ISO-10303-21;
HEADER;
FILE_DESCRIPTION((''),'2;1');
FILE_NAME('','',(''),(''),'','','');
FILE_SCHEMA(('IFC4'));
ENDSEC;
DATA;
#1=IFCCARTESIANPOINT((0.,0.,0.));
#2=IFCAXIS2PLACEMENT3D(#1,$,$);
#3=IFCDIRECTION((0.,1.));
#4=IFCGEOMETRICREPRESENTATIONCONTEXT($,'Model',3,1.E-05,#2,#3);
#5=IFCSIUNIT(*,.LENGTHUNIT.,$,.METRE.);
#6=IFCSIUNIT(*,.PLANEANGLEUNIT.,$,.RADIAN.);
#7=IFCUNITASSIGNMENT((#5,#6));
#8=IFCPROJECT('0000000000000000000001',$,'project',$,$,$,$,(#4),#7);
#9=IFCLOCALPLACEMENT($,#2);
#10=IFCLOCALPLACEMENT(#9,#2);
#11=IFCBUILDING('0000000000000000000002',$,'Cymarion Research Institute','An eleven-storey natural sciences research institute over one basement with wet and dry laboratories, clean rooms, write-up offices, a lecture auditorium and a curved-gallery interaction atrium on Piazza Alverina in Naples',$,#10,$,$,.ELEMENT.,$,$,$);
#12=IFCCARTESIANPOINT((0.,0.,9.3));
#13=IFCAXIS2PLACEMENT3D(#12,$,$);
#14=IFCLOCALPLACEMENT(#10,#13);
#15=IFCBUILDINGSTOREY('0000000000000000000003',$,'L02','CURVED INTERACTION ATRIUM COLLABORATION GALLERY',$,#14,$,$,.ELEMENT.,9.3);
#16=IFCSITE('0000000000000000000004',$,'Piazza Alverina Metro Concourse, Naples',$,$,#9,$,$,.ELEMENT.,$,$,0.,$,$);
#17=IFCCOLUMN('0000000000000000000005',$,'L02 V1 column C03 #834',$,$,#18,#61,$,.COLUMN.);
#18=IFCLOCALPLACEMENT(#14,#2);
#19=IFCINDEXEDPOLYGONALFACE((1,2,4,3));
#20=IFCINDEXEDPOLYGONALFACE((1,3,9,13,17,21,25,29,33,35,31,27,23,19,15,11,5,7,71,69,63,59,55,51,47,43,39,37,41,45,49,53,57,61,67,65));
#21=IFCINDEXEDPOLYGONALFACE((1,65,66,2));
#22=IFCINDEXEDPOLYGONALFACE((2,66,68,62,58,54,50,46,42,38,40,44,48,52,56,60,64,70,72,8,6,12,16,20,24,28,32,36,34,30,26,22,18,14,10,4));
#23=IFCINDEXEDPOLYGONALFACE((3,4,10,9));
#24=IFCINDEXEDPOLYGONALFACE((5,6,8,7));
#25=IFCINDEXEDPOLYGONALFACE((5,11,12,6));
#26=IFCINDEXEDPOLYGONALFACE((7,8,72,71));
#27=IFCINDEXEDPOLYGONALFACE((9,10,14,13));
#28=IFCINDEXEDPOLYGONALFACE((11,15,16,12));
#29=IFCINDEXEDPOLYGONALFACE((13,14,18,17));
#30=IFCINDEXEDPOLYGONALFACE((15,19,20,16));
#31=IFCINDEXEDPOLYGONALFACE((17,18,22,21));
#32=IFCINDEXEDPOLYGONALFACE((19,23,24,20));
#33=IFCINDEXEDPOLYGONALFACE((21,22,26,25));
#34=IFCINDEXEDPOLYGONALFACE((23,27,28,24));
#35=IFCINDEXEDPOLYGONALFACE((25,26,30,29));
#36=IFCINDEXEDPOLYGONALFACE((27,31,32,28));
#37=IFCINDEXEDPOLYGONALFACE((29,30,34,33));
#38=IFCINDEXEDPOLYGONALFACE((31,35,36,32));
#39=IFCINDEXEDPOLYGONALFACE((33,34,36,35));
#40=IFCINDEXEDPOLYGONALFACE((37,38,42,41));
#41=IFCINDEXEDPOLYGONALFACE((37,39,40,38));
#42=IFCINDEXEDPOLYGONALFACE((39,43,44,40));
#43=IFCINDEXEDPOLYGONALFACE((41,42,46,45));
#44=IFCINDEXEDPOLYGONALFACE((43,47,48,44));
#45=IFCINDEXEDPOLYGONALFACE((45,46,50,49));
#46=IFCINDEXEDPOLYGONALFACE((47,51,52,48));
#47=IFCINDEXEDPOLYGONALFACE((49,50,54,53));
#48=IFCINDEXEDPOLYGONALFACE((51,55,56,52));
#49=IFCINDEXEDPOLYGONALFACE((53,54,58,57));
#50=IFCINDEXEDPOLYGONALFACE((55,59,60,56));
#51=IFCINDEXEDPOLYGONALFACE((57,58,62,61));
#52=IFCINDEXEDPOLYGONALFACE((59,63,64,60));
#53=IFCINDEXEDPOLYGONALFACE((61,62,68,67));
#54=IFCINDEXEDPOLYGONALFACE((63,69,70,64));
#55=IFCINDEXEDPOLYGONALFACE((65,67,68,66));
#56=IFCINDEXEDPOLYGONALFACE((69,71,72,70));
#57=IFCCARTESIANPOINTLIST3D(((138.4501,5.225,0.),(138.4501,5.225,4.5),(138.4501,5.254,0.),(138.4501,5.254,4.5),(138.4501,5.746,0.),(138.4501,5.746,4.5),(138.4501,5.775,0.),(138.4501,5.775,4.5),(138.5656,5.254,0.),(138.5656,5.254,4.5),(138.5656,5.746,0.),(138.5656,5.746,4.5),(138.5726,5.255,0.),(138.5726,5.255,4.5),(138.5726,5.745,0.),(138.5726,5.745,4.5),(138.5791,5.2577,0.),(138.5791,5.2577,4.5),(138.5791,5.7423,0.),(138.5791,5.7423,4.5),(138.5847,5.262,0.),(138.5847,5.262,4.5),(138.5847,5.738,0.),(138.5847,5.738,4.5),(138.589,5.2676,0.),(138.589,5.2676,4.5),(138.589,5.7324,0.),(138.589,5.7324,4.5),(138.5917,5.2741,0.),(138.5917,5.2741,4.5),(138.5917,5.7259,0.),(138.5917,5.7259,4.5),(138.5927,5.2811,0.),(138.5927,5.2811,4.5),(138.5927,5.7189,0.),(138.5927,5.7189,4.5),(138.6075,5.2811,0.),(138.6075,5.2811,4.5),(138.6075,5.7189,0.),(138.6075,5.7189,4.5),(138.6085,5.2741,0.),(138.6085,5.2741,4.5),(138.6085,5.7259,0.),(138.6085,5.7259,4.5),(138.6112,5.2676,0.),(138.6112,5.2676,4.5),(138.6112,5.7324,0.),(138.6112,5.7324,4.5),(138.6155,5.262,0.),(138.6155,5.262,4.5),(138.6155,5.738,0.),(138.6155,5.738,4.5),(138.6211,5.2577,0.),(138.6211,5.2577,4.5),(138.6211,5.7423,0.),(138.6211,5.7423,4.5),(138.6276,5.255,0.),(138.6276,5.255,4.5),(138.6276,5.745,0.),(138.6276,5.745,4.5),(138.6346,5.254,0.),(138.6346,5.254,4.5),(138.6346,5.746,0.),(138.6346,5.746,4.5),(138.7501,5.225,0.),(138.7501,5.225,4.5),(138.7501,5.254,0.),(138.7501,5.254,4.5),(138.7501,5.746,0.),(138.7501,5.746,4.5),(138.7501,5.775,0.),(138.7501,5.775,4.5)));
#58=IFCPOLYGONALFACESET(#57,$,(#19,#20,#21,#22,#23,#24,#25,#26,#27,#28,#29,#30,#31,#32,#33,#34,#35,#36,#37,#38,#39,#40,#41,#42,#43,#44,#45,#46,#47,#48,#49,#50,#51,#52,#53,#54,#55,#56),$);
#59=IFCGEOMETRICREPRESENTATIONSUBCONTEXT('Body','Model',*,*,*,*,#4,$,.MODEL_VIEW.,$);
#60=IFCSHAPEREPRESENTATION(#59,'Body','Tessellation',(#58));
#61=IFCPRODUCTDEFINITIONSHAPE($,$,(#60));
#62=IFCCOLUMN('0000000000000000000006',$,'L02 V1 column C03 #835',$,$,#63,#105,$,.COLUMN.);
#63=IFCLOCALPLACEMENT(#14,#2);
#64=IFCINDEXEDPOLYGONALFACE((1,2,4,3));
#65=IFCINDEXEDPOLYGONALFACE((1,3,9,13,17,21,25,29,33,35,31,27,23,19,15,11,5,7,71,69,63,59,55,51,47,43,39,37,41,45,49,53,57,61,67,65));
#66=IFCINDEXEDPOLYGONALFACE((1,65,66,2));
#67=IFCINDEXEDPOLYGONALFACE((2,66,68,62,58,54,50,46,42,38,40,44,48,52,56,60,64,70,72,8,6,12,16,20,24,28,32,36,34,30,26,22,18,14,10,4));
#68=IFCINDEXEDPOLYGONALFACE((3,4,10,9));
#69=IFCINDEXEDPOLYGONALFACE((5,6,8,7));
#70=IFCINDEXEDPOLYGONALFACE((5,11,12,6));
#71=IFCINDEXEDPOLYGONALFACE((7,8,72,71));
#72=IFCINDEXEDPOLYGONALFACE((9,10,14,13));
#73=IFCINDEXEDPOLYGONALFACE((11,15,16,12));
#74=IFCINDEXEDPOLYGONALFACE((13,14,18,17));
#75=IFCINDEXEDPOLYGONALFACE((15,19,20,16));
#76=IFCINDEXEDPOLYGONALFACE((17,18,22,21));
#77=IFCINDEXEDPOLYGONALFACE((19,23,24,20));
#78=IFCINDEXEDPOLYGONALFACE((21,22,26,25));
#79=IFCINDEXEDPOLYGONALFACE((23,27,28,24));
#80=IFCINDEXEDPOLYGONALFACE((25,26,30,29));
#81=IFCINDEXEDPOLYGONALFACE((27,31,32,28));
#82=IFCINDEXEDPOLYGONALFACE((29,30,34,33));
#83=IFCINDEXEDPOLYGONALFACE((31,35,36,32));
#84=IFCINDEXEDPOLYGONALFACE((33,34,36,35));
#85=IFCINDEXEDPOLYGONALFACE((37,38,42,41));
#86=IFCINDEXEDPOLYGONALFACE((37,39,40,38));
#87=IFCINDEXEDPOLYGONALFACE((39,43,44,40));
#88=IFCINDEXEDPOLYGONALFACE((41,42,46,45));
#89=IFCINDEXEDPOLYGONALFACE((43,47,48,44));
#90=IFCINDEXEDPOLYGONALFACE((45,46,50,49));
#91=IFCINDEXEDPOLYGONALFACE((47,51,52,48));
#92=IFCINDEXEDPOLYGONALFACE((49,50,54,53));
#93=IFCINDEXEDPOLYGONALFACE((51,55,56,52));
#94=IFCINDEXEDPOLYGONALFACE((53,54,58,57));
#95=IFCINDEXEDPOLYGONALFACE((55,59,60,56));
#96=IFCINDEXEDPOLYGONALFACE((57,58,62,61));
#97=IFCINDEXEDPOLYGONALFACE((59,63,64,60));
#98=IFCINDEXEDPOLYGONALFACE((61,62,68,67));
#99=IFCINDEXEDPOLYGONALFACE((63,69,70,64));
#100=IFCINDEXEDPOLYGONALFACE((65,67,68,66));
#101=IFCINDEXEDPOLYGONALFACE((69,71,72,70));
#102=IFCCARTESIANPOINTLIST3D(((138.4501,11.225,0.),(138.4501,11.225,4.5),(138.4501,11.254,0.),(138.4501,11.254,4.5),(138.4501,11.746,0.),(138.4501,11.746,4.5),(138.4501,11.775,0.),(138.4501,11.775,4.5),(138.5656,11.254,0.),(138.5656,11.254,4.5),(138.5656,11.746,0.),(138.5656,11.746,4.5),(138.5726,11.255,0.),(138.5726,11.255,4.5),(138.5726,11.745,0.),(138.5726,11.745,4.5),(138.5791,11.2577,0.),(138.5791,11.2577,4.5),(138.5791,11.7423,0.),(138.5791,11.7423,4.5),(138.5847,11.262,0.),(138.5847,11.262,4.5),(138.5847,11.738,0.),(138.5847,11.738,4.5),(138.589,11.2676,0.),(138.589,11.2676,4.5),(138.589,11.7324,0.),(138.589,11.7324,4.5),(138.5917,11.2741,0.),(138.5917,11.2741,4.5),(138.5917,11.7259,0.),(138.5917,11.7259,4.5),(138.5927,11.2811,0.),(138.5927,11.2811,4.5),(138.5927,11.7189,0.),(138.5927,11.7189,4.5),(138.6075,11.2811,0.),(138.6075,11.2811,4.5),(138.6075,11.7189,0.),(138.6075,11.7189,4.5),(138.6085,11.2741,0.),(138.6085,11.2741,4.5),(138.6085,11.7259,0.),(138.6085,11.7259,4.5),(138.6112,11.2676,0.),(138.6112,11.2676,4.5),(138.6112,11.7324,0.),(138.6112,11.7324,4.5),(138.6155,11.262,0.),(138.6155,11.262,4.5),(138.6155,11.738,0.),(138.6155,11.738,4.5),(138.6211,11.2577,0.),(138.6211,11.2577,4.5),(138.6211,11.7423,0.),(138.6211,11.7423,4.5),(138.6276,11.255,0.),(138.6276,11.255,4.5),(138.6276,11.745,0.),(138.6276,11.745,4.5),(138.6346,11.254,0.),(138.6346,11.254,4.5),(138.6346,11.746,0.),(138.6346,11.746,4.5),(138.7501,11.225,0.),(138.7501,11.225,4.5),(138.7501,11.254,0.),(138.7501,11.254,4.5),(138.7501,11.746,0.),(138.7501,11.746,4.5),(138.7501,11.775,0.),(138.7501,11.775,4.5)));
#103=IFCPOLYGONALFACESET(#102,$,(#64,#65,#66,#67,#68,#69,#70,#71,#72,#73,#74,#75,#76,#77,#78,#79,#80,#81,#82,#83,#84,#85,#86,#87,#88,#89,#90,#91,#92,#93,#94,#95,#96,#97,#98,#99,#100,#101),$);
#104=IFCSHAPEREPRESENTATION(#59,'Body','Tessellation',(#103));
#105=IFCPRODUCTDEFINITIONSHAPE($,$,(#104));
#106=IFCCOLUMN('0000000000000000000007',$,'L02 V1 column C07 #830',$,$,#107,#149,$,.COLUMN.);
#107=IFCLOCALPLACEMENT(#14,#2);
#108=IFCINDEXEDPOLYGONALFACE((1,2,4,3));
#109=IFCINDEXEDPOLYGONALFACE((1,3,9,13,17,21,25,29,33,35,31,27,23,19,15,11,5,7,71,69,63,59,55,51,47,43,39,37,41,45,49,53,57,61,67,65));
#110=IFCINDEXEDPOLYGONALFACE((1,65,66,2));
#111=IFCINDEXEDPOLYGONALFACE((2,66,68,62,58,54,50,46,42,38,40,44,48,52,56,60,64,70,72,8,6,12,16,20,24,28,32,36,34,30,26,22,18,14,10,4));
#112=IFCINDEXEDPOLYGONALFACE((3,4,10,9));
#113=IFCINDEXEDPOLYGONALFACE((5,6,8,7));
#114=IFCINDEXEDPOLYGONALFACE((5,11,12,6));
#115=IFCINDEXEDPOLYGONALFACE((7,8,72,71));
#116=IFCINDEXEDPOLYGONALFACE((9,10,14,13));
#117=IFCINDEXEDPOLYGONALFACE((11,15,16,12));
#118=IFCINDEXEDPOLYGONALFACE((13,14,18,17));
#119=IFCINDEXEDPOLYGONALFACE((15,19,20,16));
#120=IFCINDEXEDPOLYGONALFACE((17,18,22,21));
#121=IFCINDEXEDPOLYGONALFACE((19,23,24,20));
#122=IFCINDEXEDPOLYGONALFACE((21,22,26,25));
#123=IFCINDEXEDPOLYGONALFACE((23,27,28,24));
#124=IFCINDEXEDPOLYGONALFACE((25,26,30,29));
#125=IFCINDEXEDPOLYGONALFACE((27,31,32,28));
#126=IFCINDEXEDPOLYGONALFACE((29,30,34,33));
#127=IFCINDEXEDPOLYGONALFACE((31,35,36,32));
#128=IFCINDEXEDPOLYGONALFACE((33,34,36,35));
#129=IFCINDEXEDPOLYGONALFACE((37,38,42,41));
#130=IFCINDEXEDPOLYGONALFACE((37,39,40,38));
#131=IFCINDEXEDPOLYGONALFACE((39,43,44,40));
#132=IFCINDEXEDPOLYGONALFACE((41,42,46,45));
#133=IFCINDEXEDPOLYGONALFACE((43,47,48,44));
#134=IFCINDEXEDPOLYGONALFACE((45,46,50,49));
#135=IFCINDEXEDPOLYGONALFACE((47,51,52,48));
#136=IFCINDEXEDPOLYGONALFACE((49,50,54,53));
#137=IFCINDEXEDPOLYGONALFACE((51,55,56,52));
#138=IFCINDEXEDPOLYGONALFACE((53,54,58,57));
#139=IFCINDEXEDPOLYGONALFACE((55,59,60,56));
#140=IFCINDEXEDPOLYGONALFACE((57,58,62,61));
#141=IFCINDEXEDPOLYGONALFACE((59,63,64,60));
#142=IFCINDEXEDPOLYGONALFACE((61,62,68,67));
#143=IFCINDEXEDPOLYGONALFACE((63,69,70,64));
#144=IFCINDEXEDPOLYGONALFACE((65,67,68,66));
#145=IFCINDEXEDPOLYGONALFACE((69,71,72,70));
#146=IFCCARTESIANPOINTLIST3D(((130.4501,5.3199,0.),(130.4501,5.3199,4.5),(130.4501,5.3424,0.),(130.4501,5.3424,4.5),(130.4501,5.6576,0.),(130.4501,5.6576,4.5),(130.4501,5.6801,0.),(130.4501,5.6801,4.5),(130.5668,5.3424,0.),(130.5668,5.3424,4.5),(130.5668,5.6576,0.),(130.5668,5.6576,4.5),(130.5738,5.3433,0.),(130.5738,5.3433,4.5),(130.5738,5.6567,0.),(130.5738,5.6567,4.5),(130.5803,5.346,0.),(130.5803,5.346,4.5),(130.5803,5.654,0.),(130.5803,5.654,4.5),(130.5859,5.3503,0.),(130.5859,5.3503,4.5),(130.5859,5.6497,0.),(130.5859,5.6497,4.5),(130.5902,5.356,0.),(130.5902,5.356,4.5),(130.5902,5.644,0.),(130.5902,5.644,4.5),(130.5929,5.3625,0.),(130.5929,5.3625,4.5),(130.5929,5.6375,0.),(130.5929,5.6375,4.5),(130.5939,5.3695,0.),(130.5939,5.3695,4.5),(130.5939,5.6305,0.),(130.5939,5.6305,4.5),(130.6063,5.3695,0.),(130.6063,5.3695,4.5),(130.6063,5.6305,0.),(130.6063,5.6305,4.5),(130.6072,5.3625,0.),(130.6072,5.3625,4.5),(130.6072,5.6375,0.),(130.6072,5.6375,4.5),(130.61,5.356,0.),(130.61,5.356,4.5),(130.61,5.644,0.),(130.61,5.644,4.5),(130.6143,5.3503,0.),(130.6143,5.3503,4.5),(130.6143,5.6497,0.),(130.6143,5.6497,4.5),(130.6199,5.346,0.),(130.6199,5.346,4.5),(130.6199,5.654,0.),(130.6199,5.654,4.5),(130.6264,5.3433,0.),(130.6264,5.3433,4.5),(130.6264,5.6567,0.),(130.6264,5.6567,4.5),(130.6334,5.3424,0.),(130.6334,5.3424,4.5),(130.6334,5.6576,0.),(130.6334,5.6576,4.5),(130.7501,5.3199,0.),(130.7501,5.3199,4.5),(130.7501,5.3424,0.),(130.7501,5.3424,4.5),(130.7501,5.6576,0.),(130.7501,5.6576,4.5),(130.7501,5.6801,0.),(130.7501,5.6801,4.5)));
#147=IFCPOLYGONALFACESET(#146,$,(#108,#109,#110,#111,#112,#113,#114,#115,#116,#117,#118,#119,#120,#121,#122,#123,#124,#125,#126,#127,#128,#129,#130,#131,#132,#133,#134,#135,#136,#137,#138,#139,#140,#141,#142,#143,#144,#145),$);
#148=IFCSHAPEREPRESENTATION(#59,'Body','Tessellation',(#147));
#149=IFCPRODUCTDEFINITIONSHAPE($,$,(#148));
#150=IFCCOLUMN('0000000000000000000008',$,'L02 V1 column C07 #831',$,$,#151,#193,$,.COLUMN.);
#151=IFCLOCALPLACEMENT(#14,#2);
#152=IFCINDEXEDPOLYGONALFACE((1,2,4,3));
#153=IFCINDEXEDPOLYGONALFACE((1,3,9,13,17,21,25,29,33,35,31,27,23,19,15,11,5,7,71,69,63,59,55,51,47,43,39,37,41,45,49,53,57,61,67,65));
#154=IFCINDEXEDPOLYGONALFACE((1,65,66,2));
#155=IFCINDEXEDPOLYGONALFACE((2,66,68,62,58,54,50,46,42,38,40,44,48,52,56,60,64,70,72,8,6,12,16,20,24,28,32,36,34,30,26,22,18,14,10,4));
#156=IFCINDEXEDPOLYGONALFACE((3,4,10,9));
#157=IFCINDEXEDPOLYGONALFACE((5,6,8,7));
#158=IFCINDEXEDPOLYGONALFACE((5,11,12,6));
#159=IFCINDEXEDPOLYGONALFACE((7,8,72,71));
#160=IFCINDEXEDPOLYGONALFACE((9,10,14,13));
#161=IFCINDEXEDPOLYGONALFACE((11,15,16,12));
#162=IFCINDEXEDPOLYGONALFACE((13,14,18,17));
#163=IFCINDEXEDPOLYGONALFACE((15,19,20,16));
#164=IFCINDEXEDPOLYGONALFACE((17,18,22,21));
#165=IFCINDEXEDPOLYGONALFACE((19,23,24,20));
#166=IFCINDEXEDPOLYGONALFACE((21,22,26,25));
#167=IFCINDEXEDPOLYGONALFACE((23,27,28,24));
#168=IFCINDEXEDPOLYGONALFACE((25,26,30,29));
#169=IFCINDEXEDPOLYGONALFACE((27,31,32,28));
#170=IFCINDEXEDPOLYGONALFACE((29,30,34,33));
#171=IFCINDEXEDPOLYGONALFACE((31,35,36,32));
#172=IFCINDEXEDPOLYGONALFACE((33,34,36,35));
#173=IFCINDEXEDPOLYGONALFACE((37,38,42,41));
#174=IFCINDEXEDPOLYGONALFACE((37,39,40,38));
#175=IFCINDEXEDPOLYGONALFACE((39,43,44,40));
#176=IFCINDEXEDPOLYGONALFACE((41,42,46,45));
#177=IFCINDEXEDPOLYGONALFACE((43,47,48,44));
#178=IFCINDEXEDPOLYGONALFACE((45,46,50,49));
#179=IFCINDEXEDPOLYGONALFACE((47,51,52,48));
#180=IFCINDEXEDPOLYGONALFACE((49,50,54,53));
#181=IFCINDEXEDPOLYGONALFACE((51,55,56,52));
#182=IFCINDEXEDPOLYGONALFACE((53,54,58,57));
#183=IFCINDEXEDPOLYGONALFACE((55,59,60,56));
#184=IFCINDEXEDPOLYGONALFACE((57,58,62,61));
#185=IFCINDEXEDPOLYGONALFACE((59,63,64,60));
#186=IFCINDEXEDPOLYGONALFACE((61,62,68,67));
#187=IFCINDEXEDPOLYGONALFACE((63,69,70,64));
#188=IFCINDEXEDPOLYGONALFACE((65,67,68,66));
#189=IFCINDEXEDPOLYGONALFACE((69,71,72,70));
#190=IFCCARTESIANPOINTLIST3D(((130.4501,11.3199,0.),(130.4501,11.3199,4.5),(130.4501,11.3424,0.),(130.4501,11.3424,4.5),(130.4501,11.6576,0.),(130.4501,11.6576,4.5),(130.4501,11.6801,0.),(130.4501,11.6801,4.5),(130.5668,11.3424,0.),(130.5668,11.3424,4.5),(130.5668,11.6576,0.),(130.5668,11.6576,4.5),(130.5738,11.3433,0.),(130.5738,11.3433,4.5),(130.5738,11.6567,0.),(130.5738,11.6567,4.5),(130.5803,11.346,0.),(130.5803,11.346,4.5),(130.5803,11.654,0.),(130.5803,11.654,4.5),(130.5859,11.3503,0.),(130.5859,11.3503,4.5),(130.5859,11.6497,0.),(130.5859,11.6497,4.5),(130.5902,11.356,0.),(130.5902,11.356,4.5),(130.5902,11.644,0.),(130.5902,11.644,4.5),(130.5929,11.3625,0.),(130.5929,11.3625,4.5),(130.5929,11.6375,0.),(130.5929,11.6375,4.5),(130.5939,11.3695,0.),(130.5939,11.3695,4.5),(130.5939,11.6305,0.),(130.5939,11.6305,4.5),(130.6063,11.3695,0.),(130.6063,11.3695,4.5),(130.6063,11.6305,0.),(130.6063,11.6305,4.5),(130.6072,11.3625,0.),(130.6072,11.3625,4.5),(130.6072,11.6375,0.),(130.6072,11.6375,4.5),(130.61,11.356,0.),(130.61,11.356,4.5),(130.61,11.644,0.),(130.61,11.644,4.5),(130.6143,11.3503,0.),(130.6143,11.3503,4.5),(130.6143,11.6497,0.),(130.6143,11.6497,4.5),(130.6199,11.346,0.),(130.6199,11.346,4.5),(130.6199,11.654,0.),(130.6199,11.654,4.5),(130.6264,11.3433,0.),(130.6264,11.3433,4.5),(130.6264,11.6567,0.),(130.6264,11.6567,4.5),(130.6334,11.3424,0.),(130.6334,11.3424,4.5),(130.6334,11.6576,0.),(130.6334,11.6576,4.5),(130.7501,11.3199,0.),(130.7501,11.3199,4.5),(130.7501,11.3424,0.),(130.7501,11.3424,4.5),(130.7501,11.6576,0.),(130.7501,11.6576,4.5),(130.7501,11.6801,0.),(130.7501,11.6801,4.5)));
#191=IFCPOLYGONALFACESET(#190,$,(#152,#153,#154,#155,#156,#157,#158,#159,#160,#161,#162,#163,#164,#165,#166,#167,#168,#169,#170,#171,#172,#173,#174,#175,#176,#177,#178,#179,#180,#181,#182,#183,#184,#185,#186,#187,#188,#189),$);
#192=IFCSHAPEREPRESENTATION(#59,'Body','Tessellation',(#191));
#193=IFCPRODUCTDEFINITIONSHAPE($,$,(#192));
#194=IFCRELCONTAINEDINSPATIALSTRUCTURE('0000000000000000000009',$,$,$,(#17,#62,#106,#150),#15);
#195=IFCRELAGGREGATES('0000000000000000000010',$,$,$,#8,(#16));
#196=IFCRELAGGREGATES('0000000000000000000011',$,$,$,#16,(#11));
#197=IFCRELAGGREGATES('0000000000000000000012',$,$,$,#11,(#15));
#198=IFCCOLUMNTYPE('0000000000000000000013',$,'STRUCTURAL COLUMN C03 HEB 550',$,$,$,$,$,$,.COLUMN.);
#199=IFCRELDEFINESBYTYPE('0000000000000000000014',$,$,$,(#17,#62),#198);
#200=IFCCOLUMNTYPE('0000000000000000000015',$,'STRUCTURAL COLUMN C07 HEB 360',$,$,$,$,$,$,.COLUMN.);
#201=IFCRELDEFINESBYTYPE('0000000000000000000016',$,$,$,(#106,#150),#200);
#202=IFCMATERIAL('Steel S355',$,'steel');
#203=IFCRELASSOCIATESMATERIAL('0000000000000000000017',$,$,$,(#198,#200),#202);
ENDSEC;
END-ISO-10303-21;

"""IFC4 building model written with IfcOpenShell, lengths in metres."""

from ifc_helpers import new_model, si_unit, direction, frame, origin, origin_2d, place, context, subcontext, project, spatial, i_section, extrude, material, material_profile, profile_set, type_object, element, save


model = new_model("IFC4")

# Units and contexts
model_context = context("Model", 3, precision=1e-05, world=origin(), true_north=direction((0.0, 1.0)))
body_context = subcontext(model_context, "Body", "Model", "MODEL_VIEW")
ifc_project = project(units=[si_unit("LENGTHUNIT", "METRE"), si_unit("PLANEANGLEUNIT", "RADIAN")], contexts=[model_context])

# Site, building, storey
site_placement = place(None, origin())
site = spatial("IfcSite", under=ifc_project, at=site_placement, Name="Piazza Alverina Metro Concourse, Naples", CompositionType="ELEMENT", RefElevation=0.0)
building_placement = place(site_placement, origin())
building = spatial("IfcBuilding", under=site, at=building_placement, Name="Cymarion Research Institute", Description="An eleven-storey natural sciences research institute over one basement with wet and dry laboratories, clean rooms, write-up offices, a lecture auditorium and a curved-gallery interaction atrium on Piazza Alverina in Naples", CompositionType="ELEMENT")
storey_placement = place(building_placement, frame((0.0, 0.0, 9.3)))
storey = spatial("IfcBuildingStorey", under=building, at=storey_placement, Name="L02", Description="CURVED INTERACTION ATRIUM COLLABORATION GALLERY", CompositionType="ELEMENT", Elevation=9.3)

# Columns
ifc_material_1 = material(Name="Steel S355", Category="steel")
ifc_material_profile_1 = material_profile(ifc_material_1, i_section(OverallWidth=0.3, OverallDepth=0.55, WebThickness=0.0149, FlangeThickness=0.0291, FilletRadius=0.0271, at=origin_2d()), Name="HEB 550")
ifc_profile_set_1 = profile_set([ifc_material_profile_1], Name="Steel S355")
column_type_1 = type_object("IfcColumnType", Name="STRUCTURAL COLUMN C03 HEB 550", PredefinedType="COLUMN", material=ifc_profile_set_1)
for number, where, z_axis, x_axis, name in (
    (1, (138.6001, 5.5, 0.0), (0.0, 0.0, 1.0), (1.0, 0.0, 0.0), "L02 V1 column C03 #834"),
    (2, (138.6001, 11.5, 0.0), (0.0, 0.0, 1.0), (1.0, 0.0, 0.0), "L02 V1 column C03 #835"),
):
    element("IfcColumn", number, at=place(storey_placement, frame(where, z_axis=z_axis, x_axis=x_axis)), inside=storey, type_object=column_type_1, Name=name, PredefinedType="COLUMN", context=body_context, shape_type="SweptSolid", body=[
        extrude(i_section(OverallWidth=0.3, OverallDepth=0.55, WebThickness=0.0149, FlangeThickness=0.0291, FilletRadius=0.0271, at=origin_2d()), origin(), (0.0, 0.0, 1.0), 4.5),
    ])
ifc_material_profile_2 = material_profile(ifc_material_1, i_section(OverallWidth=0.3, OverallDepth=0.3601, WebThickness=0.0125, FlangeThickness=0.0225, FilletRadius=0.0271, at=origin_2d()), Name="HEB 360")
ifc_profile_set_2 = profile_set([ifc_material_profile_2], Name="Steel S355")
column_type_2 = type_object("IfcColumnType", Name="STRUCTURAL COLUMN C07 HEB 360", PredefinedType="COLUMN", material=ifc_profile_set_2)
for number, where, z_axis, x_axis, name in (
    (3, (130.6001, 5.5, 0.0), (0.0, 0.0, 1.0), (1.0, 0.0, 0.0), "L02 V1 column C07 #830"),
    (4, (130.6001, 11.5, 0.0), (0.0, 0.0, 1.0), (1.0, 0.0, 0.0), "L02 V1 column C07 #831"),
):
    element("IfcColumn", number, at=place(storey_placement, frame(where, z_axis=z_axis, x_axis=x_axis)), inside=storey, type_object=column_type_2, Name=name, PredefinedType="COLUMN", context=body_context, shape_type="SweptSolid", body=[
        extrude(i_section(OverallWidth=0.3, OverallDepth=0.3601, WebThickness=0.0125, FlangeThickness=0.0225, FilletRadius=0.0271, at=origin_2d()), origin(), (0.0, 0.0, 1.0), 4.5),
    ])

save(model, "model.ifc")
